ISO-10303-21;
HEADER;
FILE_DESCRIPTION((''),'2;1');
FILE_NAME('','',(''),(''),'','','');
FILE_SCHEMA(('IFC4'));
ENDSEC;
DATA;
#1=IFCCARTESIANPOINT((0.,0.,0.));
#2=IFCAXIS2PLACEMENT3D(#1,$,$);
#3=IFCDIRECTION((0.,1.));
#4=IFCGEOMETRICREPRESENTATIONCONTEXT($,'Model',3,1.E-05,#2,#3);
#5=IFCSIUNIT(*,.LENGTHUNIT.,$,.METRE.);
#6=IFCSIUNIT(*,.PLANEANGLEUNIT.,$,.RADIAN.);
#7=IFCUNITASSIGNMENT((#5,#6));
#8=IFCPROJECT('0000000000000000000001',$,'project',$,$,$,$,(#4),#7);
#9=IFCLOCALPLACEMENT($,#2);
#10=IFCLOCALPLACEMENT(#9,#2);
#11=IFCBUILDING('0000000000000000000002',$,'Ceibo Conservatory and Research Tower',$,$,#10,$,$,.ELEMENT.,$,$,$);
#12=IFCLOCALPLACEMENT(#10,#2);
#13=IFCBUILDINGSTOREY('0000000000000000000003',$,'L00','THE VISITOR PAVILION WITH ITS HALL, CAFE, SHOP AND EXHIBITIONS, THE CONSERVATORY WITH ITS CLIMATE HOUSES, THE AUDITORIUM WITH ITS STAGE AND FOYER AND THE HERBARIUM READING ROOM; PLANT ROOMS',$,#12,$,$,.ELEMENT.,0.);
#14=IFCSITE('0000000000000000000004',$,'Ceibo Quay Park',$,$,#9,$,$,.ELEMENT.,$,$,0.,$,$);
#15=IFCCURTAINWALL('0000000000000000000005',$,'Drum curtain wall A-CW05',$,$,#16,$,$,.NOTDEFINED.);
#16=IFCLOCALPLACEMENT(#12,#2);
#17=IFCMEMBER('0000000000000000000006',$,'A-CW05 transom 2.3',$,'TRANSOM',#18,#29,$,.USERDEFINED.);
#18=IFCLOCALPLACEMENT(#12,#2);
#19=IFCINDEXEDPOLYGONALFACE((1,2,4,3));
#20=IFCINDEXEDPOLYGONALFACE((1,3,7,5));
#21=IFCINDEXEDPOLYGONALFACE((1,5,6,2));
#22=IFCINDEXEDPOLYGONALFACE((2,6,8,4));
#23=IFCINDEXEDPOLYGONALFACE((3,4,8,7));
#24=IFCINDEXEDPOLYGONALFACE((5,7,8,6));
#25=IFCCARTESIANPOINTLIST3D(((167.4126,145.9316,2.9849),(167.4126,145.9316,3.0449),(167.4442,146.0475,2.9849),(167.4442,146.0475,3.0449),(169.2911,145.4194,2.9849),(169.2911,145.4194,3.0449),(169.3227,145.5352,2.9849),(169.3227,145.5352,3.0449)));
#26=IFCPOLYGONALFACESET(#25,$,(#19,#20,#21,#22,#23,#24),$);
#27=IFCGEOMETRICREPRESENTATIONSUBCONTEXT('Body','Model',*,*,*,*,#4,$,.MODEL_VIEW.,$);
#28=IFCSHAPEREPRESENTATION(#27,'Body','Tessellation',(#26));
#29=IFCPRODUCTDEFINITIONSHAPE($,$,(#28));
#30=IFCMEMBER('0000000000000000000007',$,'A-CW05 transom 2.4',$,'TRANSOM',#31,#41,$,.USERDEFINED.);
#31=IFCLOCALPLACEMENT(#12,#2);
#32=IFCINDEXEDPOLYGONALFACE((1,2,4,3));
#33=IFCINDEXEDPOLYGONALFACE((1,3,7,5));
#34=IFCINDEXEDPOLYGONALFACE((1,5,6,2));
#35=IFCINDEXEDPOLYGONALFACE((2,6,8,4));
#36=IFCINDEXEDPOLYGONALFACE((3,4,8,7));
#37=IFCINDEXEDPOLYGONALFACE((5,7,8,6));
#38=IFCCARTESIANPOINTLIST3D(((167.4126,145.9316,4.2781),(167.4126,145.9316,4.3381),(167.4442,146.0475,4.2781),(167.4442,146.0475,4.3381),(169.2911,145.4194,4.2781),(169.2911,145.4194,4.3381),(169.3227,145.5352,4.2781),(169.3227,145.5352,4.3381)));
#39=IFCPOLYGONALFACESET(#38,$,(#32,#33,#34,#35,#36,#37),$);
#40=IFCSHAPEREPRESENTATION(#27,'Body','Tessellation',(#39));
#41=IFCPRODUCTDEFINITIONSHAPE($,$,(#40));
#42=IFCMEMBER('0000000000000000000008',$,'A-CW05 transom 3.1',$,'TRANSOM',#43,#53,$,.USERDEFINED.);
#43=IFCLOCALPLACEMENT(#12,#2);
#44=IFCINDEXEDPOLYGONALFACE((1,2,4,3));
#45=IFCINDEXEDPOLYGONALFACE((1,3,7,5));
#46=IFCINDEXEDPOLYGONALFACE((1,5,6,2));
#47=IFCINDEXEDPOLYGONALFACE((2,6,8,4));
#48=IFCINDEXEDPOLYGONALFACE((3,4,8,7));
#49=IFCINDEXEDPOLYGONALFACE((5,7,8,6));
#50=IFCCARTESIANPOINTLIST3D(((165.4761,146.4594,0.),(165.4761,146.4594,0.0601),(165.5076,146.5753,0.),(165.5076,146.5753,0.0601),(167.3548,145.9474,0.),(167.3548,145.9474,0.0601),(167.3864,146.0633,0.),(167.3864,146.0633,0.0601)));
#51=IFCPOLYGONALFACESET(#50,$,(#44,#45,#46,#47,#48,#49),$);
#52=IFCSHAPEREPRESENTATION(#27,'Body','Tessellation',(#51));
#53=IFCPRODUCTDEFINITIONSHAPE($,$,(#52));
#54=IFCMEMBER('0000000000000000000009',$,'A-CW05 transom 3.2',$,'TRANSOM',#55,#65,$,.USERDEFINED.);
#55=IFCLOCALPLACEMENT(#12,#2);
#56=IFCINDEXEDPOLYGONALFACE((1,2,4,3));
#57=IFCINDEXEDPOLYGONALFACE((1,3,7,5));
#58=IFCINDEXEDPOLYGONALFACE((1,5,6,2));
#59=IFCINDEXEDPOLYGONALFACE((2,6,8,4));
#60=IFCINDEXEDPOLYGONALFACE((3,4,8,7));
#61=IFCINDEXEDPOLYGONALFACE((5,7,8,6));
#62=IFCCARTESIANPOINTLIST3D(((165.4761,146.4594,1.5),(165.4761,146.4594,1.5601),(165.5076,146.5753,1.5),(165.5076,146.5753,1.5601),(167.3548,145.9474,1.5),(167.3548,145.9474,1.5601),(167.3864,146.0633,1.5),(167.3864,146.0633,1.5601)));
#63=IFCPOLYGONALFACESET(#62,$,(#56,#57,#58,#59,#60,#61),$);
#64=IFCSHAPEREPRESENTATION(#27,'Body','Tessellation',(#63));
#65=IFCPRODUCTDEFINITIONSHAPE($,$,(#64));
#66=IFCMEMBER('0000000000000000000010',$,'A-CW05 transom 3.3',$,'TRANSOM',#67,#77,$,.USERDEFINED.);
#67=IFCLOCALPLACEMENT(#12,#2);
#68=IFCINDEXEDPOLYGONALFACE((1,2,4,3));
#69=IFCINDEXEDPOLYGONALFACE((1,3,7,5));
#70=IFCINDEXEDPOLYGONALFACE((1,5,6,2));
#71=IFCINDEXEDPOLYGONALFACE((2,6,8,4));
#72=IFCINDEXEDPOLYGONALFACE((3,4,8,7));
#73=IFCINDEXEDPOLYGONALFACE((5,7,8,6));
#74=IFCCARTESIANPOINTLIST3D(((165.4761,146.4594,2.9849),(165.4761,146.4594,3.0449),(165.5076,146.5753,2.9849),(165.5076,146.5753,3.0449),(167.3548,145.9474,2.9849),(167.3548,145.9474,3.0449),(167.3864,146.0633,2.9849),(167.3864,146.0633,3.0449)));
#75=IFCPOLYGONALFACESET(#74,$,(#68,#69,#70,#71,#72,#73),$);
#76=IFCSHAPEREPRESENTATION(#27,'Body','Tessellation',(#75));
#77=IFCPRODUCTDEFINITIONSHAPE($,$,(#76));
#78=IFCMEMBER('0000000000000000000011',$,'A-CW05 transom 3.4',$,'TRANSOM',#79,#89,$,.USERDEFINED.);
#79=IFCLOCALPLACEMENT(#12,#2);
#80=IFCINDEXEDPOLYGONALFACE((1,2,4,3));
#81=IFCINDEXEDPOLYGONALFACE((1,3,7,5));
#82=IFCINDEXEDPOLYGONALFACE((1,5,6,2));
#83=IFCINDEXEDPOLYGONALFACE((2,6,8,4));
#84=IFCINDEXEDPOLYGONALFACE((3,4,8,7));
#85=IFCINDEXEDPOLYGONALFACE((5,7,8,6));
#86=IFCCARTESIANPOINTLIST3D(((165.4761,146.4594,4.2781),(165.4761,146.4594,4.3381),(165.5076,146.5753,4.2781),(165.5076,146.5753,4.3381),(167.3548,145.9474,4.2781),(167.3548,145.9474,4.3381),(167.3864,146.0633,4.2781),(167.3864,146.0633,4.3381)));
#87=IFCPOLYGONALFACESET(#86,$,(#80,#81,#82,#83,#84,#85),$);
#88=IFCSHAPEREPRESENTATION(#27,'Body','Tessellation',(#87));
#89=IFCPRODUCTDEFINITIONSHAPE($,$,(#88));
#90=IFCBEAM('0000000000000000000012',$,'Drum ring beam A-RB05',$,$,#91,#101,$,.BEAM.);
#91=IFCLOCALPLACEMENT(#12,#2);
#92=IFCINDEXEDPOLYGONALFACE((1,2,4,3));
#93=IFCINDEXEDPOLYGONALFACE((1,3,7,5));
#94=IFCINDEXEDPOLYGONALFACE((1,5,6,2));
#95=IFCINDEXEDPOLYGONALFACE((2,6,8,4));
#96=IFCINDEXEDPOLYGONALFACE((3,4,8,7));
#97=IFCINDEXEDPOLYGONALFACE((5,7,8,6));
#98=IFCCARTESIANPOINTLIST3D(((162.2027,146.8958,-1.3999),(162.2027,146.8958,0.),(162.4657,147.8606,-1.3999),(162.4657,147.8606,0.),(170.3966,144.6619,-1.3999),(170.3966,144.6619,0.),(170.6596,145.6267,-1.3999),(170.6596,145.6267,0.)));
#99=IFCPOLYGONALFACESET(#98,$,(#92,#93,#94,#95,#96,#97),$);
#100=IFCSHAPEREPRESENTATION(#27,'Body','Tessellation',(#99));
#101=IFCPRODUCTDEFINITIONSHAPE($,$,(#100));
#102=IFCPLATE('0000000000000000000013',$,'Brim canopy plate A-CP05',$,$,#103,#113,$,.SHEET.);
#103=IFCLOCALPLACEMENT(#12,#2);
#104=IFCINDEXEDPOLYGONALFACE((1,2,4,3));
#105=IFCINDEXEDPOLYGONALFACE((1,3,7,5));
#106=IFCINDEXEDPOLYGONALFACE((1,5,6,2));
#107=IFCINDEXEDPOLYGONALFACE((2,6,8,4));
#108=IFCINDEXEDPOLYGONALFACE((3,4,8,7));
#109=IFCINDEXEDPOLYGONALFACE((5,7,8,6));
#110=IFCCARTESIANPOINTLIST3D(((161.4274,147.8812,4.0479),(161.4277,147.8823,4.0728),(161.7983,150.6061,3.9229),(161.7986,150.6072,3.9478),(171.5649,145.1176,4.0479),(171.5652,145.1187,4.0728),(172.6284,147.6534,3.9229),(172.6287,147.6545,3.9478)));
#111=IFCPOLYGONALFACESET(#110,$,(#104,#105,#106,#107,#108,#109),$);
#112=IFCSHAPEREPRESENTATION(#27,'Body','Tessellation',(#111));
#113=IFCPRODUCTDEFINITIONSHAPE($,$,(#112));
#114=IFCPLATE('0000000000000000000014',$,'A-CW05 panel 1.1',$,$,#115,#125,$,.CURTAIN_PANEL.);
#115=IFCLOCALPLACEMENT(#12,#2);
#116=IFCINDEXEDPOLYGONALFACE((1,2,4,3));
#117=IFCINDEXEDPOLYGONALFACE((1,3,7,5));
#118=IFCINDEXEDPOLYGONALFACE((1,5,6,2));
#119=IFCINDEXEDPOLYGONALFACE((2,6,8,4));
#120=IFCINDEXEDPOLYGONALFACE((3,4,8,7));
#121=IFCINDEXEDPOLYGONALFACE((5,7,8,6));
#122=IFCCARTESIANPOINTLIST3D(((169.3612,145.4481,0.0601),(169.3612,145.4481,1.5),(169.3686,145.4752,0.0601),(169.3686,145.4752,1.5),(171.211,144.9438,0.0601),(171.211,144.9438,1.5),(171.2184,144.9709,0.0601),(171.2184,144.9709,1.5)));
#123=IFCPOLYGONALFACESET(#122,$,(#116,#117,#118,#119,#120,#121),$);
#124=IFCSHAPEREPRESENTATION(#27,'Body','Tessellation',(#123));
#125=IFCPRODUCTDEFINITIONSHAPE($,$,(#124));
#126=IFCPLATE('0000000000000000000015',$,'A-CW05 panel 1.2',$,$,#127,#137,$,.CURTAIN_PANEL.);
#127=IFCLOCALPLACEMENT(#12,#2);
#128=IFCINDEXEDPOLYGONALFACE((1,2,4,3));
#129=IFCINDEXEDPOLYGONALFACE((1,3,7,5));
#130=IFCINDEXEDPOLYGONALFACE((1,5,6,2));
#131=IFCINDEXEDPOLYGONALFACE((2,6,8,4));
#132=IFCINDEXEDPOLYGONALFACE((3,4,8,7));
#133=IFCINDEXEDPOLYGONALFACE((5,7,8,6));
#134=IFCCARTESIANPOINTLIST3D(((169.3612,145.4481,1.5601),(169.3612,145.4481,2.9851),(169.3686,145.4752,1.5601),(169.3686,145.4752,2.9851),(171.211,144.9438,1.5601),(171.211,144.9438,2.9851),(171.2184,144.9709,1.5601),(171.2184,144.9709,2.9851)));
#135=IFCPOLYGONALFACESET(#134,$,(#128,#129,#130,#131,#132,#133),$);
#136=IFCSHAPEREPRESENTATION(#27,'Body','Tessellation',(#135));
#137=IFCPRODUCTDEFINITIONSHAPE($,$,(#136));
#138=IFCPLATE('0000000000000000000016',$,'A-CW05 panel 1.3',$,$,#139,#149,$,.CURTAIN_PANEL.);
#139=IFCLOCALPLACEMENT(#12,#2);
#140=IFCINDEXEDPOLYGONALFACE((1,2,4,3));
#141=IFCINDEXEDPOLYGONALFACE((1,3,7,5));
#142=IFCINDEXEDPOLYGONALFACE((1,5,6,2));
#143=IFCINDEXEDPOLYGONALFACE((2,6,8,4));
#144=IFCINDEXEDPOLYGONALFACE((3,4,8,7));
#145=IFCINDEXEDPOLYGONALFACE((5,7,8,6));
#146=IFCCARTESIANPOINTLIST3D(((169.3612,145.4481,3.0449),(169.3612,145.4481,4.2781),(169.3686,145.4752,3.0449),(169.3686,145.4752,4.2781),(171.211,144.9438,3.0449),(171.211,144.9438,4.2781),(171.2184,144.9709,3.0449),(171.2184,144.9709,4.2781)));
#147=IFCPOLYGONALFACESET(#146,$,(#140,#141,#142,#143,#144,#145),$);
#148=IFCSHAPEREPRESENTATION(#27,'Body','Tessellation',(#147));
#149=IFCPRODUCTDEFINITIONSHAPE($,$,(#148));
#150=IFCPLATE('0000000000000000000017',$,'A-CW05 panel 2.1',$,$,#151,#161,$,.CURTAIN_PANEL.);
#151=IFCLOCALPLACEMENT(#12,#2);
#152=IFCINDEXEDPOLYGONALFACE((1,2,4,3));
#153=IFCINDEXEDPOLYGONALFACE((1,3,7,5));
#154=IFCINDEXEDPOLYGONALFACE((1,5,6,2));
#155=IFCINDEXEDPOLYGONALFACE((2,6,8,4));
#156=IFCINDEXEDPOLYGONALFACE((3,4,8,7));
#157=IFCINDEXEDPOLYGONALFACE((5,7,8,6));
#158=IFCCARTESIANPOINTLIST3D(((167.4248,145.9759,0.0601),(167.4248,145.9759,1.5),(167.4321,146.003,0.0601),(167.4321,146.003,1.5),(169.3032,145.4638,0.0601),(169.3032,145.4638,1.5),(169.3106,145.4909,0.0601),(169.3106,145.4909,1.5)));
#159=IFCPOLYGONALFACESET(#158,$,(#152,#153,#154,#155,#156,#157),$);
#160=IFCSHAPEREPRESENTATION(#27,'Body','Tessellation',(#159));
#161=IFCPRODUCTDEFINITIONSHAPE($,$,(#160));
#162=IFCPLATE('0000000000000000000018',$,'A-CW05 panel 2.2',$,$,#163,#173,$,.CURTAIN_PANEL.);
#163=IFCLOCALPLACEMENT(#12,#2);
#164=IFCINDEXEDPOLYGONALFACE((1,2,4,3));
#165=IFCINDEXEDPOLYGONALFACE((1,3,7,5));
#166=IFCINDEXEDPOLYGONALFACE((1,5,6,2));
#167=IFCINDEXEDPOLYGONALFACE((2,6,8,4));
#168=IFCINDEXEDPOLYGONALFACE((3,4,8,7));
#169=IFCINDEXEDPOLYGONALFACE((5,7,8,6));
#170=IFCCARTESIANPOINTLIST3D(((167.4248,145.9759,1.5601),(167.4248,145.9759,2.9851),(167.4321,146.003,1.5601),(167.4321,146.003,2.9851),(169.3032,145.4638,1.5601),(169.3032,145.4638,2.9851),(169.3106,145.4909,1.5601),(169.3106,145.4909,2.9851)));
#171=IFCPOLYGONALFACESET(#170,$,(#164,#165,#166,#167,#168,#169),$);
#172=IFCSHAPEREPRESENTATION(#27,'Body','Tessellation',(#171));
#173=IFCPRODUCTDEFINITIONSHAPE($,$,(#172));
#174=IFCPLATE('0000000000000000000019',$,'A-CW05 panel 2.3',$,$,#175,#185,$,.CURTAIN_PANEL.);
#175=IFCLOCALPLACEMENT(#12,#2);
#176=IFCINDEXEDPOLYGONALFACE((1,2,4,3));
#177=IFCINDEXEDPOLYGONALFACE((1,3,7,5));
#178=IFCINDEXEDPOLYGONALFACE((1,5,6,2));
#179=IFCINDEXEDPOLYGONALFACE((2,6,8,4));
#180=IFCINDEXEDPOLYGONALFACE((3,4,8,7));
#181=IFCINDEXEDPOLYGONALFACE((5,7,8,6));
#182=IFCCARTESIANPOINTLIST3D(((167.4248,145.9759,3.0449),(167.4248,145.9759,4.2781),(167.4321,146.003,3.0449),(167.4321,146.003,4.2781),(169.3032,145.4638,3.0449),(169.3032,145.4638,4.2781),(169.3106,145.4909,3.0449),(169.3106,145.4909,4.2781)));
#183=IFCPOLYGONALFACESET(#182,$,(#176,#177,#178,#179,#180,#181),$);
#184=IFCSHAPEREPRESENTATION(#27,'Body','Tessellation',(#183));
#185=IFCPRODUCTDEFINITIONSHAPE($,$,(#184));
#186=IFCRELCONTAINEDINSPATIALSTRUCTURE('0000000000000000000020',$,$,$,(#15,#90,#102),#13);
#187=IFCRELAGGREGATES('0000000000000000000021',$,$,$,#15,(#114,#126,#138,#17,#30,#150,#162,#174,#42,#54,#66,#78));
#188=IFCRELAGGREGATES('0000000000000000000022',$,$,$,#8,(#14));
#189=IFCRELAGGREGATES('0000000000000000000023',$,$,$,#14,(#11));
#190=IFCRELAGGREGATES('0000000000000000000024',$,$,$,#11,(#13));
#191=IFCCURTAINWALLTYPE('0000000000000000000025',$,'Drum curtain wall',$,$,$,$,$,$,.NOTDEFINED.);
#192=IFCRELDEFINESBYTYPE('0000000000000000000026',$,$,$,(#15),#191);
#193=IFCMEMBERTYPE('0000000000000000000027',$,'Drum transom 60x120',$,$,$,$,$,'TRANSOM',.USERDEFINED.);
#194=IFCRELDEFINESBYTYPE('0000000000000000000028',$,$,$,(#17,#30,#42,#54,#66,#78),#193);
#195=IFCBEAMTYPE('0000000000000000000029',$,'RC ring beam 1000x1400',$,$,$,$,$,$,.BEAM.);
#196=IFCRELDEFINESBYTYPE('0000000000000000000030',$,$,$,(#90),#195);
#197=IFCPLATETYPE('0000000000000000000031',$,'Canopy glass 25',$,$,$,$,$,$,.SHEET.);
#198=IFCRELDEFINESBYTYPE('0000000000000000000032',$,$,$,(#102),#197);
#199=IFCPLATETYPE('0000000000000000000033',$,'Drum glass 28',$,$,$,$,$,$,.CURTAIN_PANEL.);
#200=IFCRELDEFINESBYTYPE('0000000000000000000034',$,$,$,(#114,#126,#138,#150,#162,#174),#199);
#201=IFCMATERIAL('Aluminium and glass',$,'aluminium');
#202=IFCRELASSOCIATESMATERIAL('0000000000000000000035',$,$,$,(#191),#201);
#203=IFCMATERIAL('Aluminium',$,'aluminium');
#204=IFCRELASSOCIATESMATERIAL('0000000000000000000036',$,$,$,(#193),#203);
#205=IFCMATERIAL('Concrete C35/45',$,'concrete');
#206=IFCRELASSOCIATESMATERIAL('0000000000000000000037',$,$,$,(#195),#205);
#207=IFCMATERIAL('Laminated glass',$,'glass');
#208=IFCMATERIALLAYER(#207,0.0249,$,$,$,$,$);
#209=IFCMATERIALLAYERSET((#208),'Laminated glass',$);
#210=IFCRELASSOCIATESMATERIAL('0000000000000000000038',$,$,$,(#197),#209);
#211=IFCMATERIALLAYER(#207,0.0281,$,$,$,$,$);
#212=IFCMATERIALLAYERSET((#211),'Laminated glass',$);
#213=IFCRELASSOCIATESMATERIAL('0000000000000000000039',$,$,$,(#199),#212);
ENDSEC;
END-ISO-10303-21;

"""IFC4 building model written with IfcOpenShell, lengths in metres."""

from ifc_helpers import new_model, si_unit, direction, frame, origin, origin_2d, place, context, subcontext, project, spatial, polyline, rectangle, outline, extrude, material, layer, layer_set, material_profile, profile_set, type_object, element, aggregate, save


model = new_model("IFC4")

# Units and contexts
model_context = context("Model", 3, precision=1e-05, world=origin(), true_north=direction((0.0, 1.0)))
body_context = subcontext(model_context, "Body", "Model", "MODEL_VIEW")
ifc_project = project(units=[si_unit("LENGTHUNIT", "METRE"), si_unit("PLANEANGLEUNIT", "RADIAN")], contexts=[model_context])

# Site, building, storey
site_placement = place(None, origin())
site = spatial("IfcSite", under=ifc_project, at=site_placement, Name="Ceibo Quay Park", CompositionType="ELEMENT", RefElevation=0.0)
building_placement = place(site_placement, origin())
building = spatial("IfcBuilding", under=site, at=building_placement, Name="Ceibo Conservatory and Research Tower", CompositionType="ELEMENT")
storey_placement = place(building_placement, origin())
storey = spatial("IfcBuildingStorey", under=building, at=storey_placement, Name="L00", Description="THE VISITOR PAVILION WITH ITS HALL, CAFE, SHOP AND EXHIBITIONS, THE CONSERVATORY WITH ITS CLIMATE HOUSES, THE AUDITORIUM WITH ITS STAGE AND FOYER AND THE HERBARIUM READING ROOM; PLANT ROOMS", CompositionType="ELEMENT", Elevation=0.0)

# Shared definitions
ifc_material_1 = material(Name="Concrete C35/45", Category="concrete")

# Shared definitions
ifc_material_2 = material(Name="Aluminium and glass", Category="aluminium")
curtain_wall_type = type_object("IfcCurtainWallType", Name="Drum curtain wall", PredefinedType="NOTDEFINED", material=ifc_material_2)
ifc_material_3 = material(Name="Aluminium", Category="aluminium")

# Curtain wall, members
curtain_wall_1_placement = place(storey_placement, origin())
curtain_wall_1 = element("IfcCurtainWall", 1, at=curtain_wall_1_placement, inside=storey, type_object=curtain_wall_type, Name="Drum curtain wall A-CW05", PredefinedType="NOTDEFINED")
ifc_material_profile_1 = material_profile(ifc_material_3, rectangle(XDim=0.1201, YDim=0.0601, at=origin_2d()), Name="AL 60x120")
ifc_profile_set_1 = profile_set([ifc_material_profile_1], Name="Aluminium")
member_type_1 = type_object("IfcMemberType", Name="Drum transom 60x120", ElementType="TRANSOM", PredefinedType="USERDEFINED", material=ifc_profile_set_1)
member_1_placement = place(storey_placement, frame((169.3069, 145.4773, 3.0149), z_axis=(-0.964775, 0.263075, 0.0), x_axis=(-0.263075, -0.964775, 0.0)))
member_1 = element("IfcMember", 2, at=member_1_placement, type_object=member_type_1, Name="A-CW05 transom 2.3", ObjectType="TRANSOM", PredefinedType="USERDEFINED", context=body_context, shape_type="SweptSolid", body=[
    extrude(rectangle(XDim=0.1201, YDim=0.0601, at=origin_2d()), origin(), (0.0, 0.0, 1.0), 1.947),
])
member_2_placement = place(storey_placement, frame((169.3069, 145.4773, 4.3081), z_axis=(-0.964775, 0.263075, 0.0), x_axis=(-0.263075, -0.964775, 0.0)))
member_2 = element("IfcMember", 3, at=member_2_placement, type_object=member_type_1, Name="A-CW05 transom 2.4", ObjectType="TRANSOM", PredefinedType="USERDEFINED", context=body_context, shape_type="SweptSolid", body=[
    extrude(rectangle(XDim=0.1201, YDim=0.0601, at=origin_2d()), origin(), (0.0, 0.0, 1.0), 1.947),
])
member_3_placement = place(storey_placement, frame((167.3706, 146.0054, 0.03), z_axis=(-0.964816, 0.262926, 0.0), x_axis=(-0.262926, -0.964816, 0.0)))
member_3 = element("IfcMember", 4, at=member_3_placement, type_object=member_type_1, Name="A-CW05 transom 3.1", ObjectType="TRANSOM", PredefinedType="USERDEFINED", context=body_context, shape_type="SweptSolid", body=[
    extrude(rectangle(XDim=0.1201, YDim=0.0601, at=origin_2d()), origin(), (0.0, 0.0, 1.0), 1.9473),
])
member_4_placement = place(storey_placement, frame((167.3706, 146.0054, 1.53), z_axis=(-0.964816, 0.262926, 0.0), x_axis=(-0.262926, -0.964816, 0.0)))
member_4 = element("IfcMember", 5, at=member_4_placement, type_object=member_type_1, Name="A-CW05 transom 3.2", ObjectType="TRANSOM", PredefinedType="USERDEFINED", context=body_context, shape_type="SweptSolid", body=[
    extrude(rectangle(XDim=0.1201, YDim=0.0601, at=origin_2d()), origin(), (0.0, 0.0, 1.0), 1.9473),
])
member_5_placement = place(storey_placement, frame((167.3706, 146.0054, 3.0149), z_axis=(-0.964816, 0.262926, 0.0), x_axis=(-0.262926, -0.964816, 0.0)))
member_5 = element("IfcMember", 6, at=member_5_placement, type_object=member_type_1, Name="A-CW05 transom 3.3", ObjectType="TRANSOM", PredefinedType="USERDEFINED", context=body_context, shape_type="SweptSolid", body=[
    extrude(rectangle(XDim=0.1201, YDim=0.0601, at=origin_2d()), origin(), (0.0, 0.0, 1.0), 1.9473),
])
member_6_placement = place(storey_placement, frame((167.3706, 146.0054, 4.3081), z_axis=(-0.964816, 0.262926, 0.0), x_axis=(-0.262926, -0.964816, 0.0)))
member_6 = element("IfcMember", 7, at=member_6_placement, type_object=member_type_1, Name="A-CW05 transom 3.4", ObjectType="TRANSOM", PredefinedType="USERDEFINED", context=body_context, shape_type="SweptSolid", body=[
    extrude(rectangle(XDim=0.1201, YDim=0.0601, at=origin_2d()), origin(), (0.0, 0.0, 1.0), 1.9473),
])

# Beam
ifc_material_profile_2 = material_profile(ifc_material_1, rectangle(XDim=1.0, YDim=1.3999, at=origin_2d()), Name="RC 1000x1400")
ifc_profile_set_2 = profile_set([ifc_material_profile_2], Name="Concrete C35/45")
beam_type = type_object("IfcBeamType", Name="RC ring beam 1000x1400", PredefinedType="BEAM", material=ifc_profile_set_2)
beam_placement = place(storey_placement, frame((170.5281, 145.1443, -0.7), z_axis=(-0.964788, 0.26303, 0.0), x_axis=(-0.26303, -0.964788, 0.0)))
element("IfcBeam", 8, at=beam_placement, inside=storey, type_object=beam_type, Name="Drum ring beam A-RB05", PredefinedType="BEAM", context=body_context, shape_type="SweptSolid", body=[
    extrude(rectangle(XDim=1.0, YDim=1.3999, at=origin_2d()), origin(), (0.0, 0.0, 1.0), 8.4929),
])

# Plates
ifc_material_4 = material(Name="Laminated glass", Category="glass")
ifc_layer_1 = layer(ifc_material_4, 0.0249)
ifc_layer_set_1 = layer_set([ifc_layer_1], Name="Laminated glass")
plate_type_1 = type_object("IfcPlateType", Name="Canopy glass 25", PredefinedType="SHEET", material=ifc_layer_set_1)
plate_1_placement = place(storey_placement, frame((171.5652, 145.1187, 4.0728), z_axis=(-0.012047, -0.044187, -0.998951), x_axis=(-0.96479, 0.263021, 0.0)))
element("IfcPlate", 9, at=plate_1_placement, inside=storey, type_object=plate_type_1, Name="Brim canopy plate A-CP05", PredefinedType="SHEET", context=body_context, shape_type="SweptSolid", body=[
    extrude(outline(polyline([(0.0, 0.0), (10.5074, 0.0), (10.8663, 2.7293), (-0.359, 2.7292), (0.0, 0.0)])), origin(), (0.0, 0.0, 1.0), 0.0249),
])
ifc_layer_2 = layer(ifc_material_4, 0.0281)
ifc_layer_set_2 = layer_set([ifc_layer_2], Name="Laminated glass")
plate_type_2 = type_object("IfcPlateType", Name="Drum glass 28", PredefinedType="CURTAIN_PANEL", material=ifc_layer_set_2)
plate_2_placement = place(storey_placement, frame((170.2898, 145.2095, 0.0601), z_axis=(0.0, 0.0, 1.0), x_axis=(-0.964787, 0.263031, 0.0)))
plate_2 = element("IfcPlate", 10, at=plate_2_placement, type_object=plate_type_2, Name="A-CW05 panel 1.1", PredefinedType="CURTAIN_PANEL", context=body_context, shape_type="SweptSolid", body=[
    extrude(rectangle(XDim=1.9172, YDim=0.0281, at=origin_2d()), origin(), (0.0, 0.0, 1.0), 1.4399),
])
plate_3_placement = place(storey_placement, frame((170.2898, 145.2095, 1.5601), z_axis=(0.0, 0.0, 1.0), x_axis=(-0.964787, 0.263031, 0.0)))
plate_3 = element("IfcPlate", 11, at=plate_3_placement, type_object=plate_type_2, Name="A-CW05 panel 1.2", PredefinedType="CURTAIN_PANEL", context=body_context, shape_type="SweptSolid", body=[
    extrude(rectangle(XDim=1.9172, YDim=0.0281, at=origin_2d()), origin(), (0.0, 0.0, 1.0), 1.425),
])
plate_4_placement = place(storey_placement, frame((170.2898, 145.2095, 3.0449), z_axis=(0.0, 0.0, 1.0), x_axis=(-0.964787, 0.263031, 0.0)))
plate_4 = element("IfcPlate", 12, at=plate_4_placement, type_object=plate_type_2, Name="A-CW05 panel 1.3", PredefinedType="CURTAIN_PANEL", context=body_context, shape_type="SweptSolid", body=[
    extrude(rectangle(XDim=1.9172, YDim=0.0281, at=origin_2d()), origin(), (0.0, 0.0, 1.0), 1.2332),
])
plate_5_placement = place(storey_placement, frame((168.3677, 145.7334, 0.0601), z_axis=(0.0, 0.0, 1.0), x_axis=(-0.964787, 0.263031, 0.0)))
plate_5 = element("IfcPlate", 13, at=plate_5_placement, type_object=plate_type_2, Name="A-CW05 panel 2.1", PredefinedType="CURTAIN_PANEL", context=body_context, shape_type="SweptSolid", body=[
    extrude(rectangle(XDim=1.947, YDim=0.0281, at=origin_2d()), origin(), (0.0, 0.0, 1.0), 1.4399),
])
plate_6_placement = place(storey_placement, frame((168.3677, 145.7334, 1.5601), z_axis=(0.0, 0.0, 1.0), x_axis=(-0.964787, 0.263031, 0.0)))
plate_6 = element("IfcPlate", 14, at=plate_6_placement, type_object=plate_type_2, Name="A-CW05 panel 2.2", PredefinedType="CURTAIN_PANEL", context=body_context, shape_type="SweptSolid", body=[
    extrude(rectangle(XDim=1.947, YDim=0.0281, at=origin_2d()), origin(), (0.0, 0.0, 1.0), 1.425),
])
plate_7_placement = place(storey_placement, frame((168.3677, 145.7334, 3.0449), z_axis=(0.0, 0.0, 1.0), x_axis=(-0.964787, 0.263031, 0.0)))
plate_7 = element("IfcPlate", 15, at=plate_7_placement, type_object=plate_type_2, Name="A-CW05 panel 2.3", PredefinedType="CURTAIN_PANEL", context=body_context, shape_type="SweptSolid", body=[
    extrude(rectangle(XDim=1.947, YDim=0.0281, at=origin_2d()), origin(), (0.0, 0.0, 1.0), 1.2332),
])
aggregate(curtain_wall_1, [plate_2, plate_3, plate_4, member_1, member_2, plate_5, plate_6, plate_7, member_3, member_4, member_5, member_6])

save(model, "model.ifc")
